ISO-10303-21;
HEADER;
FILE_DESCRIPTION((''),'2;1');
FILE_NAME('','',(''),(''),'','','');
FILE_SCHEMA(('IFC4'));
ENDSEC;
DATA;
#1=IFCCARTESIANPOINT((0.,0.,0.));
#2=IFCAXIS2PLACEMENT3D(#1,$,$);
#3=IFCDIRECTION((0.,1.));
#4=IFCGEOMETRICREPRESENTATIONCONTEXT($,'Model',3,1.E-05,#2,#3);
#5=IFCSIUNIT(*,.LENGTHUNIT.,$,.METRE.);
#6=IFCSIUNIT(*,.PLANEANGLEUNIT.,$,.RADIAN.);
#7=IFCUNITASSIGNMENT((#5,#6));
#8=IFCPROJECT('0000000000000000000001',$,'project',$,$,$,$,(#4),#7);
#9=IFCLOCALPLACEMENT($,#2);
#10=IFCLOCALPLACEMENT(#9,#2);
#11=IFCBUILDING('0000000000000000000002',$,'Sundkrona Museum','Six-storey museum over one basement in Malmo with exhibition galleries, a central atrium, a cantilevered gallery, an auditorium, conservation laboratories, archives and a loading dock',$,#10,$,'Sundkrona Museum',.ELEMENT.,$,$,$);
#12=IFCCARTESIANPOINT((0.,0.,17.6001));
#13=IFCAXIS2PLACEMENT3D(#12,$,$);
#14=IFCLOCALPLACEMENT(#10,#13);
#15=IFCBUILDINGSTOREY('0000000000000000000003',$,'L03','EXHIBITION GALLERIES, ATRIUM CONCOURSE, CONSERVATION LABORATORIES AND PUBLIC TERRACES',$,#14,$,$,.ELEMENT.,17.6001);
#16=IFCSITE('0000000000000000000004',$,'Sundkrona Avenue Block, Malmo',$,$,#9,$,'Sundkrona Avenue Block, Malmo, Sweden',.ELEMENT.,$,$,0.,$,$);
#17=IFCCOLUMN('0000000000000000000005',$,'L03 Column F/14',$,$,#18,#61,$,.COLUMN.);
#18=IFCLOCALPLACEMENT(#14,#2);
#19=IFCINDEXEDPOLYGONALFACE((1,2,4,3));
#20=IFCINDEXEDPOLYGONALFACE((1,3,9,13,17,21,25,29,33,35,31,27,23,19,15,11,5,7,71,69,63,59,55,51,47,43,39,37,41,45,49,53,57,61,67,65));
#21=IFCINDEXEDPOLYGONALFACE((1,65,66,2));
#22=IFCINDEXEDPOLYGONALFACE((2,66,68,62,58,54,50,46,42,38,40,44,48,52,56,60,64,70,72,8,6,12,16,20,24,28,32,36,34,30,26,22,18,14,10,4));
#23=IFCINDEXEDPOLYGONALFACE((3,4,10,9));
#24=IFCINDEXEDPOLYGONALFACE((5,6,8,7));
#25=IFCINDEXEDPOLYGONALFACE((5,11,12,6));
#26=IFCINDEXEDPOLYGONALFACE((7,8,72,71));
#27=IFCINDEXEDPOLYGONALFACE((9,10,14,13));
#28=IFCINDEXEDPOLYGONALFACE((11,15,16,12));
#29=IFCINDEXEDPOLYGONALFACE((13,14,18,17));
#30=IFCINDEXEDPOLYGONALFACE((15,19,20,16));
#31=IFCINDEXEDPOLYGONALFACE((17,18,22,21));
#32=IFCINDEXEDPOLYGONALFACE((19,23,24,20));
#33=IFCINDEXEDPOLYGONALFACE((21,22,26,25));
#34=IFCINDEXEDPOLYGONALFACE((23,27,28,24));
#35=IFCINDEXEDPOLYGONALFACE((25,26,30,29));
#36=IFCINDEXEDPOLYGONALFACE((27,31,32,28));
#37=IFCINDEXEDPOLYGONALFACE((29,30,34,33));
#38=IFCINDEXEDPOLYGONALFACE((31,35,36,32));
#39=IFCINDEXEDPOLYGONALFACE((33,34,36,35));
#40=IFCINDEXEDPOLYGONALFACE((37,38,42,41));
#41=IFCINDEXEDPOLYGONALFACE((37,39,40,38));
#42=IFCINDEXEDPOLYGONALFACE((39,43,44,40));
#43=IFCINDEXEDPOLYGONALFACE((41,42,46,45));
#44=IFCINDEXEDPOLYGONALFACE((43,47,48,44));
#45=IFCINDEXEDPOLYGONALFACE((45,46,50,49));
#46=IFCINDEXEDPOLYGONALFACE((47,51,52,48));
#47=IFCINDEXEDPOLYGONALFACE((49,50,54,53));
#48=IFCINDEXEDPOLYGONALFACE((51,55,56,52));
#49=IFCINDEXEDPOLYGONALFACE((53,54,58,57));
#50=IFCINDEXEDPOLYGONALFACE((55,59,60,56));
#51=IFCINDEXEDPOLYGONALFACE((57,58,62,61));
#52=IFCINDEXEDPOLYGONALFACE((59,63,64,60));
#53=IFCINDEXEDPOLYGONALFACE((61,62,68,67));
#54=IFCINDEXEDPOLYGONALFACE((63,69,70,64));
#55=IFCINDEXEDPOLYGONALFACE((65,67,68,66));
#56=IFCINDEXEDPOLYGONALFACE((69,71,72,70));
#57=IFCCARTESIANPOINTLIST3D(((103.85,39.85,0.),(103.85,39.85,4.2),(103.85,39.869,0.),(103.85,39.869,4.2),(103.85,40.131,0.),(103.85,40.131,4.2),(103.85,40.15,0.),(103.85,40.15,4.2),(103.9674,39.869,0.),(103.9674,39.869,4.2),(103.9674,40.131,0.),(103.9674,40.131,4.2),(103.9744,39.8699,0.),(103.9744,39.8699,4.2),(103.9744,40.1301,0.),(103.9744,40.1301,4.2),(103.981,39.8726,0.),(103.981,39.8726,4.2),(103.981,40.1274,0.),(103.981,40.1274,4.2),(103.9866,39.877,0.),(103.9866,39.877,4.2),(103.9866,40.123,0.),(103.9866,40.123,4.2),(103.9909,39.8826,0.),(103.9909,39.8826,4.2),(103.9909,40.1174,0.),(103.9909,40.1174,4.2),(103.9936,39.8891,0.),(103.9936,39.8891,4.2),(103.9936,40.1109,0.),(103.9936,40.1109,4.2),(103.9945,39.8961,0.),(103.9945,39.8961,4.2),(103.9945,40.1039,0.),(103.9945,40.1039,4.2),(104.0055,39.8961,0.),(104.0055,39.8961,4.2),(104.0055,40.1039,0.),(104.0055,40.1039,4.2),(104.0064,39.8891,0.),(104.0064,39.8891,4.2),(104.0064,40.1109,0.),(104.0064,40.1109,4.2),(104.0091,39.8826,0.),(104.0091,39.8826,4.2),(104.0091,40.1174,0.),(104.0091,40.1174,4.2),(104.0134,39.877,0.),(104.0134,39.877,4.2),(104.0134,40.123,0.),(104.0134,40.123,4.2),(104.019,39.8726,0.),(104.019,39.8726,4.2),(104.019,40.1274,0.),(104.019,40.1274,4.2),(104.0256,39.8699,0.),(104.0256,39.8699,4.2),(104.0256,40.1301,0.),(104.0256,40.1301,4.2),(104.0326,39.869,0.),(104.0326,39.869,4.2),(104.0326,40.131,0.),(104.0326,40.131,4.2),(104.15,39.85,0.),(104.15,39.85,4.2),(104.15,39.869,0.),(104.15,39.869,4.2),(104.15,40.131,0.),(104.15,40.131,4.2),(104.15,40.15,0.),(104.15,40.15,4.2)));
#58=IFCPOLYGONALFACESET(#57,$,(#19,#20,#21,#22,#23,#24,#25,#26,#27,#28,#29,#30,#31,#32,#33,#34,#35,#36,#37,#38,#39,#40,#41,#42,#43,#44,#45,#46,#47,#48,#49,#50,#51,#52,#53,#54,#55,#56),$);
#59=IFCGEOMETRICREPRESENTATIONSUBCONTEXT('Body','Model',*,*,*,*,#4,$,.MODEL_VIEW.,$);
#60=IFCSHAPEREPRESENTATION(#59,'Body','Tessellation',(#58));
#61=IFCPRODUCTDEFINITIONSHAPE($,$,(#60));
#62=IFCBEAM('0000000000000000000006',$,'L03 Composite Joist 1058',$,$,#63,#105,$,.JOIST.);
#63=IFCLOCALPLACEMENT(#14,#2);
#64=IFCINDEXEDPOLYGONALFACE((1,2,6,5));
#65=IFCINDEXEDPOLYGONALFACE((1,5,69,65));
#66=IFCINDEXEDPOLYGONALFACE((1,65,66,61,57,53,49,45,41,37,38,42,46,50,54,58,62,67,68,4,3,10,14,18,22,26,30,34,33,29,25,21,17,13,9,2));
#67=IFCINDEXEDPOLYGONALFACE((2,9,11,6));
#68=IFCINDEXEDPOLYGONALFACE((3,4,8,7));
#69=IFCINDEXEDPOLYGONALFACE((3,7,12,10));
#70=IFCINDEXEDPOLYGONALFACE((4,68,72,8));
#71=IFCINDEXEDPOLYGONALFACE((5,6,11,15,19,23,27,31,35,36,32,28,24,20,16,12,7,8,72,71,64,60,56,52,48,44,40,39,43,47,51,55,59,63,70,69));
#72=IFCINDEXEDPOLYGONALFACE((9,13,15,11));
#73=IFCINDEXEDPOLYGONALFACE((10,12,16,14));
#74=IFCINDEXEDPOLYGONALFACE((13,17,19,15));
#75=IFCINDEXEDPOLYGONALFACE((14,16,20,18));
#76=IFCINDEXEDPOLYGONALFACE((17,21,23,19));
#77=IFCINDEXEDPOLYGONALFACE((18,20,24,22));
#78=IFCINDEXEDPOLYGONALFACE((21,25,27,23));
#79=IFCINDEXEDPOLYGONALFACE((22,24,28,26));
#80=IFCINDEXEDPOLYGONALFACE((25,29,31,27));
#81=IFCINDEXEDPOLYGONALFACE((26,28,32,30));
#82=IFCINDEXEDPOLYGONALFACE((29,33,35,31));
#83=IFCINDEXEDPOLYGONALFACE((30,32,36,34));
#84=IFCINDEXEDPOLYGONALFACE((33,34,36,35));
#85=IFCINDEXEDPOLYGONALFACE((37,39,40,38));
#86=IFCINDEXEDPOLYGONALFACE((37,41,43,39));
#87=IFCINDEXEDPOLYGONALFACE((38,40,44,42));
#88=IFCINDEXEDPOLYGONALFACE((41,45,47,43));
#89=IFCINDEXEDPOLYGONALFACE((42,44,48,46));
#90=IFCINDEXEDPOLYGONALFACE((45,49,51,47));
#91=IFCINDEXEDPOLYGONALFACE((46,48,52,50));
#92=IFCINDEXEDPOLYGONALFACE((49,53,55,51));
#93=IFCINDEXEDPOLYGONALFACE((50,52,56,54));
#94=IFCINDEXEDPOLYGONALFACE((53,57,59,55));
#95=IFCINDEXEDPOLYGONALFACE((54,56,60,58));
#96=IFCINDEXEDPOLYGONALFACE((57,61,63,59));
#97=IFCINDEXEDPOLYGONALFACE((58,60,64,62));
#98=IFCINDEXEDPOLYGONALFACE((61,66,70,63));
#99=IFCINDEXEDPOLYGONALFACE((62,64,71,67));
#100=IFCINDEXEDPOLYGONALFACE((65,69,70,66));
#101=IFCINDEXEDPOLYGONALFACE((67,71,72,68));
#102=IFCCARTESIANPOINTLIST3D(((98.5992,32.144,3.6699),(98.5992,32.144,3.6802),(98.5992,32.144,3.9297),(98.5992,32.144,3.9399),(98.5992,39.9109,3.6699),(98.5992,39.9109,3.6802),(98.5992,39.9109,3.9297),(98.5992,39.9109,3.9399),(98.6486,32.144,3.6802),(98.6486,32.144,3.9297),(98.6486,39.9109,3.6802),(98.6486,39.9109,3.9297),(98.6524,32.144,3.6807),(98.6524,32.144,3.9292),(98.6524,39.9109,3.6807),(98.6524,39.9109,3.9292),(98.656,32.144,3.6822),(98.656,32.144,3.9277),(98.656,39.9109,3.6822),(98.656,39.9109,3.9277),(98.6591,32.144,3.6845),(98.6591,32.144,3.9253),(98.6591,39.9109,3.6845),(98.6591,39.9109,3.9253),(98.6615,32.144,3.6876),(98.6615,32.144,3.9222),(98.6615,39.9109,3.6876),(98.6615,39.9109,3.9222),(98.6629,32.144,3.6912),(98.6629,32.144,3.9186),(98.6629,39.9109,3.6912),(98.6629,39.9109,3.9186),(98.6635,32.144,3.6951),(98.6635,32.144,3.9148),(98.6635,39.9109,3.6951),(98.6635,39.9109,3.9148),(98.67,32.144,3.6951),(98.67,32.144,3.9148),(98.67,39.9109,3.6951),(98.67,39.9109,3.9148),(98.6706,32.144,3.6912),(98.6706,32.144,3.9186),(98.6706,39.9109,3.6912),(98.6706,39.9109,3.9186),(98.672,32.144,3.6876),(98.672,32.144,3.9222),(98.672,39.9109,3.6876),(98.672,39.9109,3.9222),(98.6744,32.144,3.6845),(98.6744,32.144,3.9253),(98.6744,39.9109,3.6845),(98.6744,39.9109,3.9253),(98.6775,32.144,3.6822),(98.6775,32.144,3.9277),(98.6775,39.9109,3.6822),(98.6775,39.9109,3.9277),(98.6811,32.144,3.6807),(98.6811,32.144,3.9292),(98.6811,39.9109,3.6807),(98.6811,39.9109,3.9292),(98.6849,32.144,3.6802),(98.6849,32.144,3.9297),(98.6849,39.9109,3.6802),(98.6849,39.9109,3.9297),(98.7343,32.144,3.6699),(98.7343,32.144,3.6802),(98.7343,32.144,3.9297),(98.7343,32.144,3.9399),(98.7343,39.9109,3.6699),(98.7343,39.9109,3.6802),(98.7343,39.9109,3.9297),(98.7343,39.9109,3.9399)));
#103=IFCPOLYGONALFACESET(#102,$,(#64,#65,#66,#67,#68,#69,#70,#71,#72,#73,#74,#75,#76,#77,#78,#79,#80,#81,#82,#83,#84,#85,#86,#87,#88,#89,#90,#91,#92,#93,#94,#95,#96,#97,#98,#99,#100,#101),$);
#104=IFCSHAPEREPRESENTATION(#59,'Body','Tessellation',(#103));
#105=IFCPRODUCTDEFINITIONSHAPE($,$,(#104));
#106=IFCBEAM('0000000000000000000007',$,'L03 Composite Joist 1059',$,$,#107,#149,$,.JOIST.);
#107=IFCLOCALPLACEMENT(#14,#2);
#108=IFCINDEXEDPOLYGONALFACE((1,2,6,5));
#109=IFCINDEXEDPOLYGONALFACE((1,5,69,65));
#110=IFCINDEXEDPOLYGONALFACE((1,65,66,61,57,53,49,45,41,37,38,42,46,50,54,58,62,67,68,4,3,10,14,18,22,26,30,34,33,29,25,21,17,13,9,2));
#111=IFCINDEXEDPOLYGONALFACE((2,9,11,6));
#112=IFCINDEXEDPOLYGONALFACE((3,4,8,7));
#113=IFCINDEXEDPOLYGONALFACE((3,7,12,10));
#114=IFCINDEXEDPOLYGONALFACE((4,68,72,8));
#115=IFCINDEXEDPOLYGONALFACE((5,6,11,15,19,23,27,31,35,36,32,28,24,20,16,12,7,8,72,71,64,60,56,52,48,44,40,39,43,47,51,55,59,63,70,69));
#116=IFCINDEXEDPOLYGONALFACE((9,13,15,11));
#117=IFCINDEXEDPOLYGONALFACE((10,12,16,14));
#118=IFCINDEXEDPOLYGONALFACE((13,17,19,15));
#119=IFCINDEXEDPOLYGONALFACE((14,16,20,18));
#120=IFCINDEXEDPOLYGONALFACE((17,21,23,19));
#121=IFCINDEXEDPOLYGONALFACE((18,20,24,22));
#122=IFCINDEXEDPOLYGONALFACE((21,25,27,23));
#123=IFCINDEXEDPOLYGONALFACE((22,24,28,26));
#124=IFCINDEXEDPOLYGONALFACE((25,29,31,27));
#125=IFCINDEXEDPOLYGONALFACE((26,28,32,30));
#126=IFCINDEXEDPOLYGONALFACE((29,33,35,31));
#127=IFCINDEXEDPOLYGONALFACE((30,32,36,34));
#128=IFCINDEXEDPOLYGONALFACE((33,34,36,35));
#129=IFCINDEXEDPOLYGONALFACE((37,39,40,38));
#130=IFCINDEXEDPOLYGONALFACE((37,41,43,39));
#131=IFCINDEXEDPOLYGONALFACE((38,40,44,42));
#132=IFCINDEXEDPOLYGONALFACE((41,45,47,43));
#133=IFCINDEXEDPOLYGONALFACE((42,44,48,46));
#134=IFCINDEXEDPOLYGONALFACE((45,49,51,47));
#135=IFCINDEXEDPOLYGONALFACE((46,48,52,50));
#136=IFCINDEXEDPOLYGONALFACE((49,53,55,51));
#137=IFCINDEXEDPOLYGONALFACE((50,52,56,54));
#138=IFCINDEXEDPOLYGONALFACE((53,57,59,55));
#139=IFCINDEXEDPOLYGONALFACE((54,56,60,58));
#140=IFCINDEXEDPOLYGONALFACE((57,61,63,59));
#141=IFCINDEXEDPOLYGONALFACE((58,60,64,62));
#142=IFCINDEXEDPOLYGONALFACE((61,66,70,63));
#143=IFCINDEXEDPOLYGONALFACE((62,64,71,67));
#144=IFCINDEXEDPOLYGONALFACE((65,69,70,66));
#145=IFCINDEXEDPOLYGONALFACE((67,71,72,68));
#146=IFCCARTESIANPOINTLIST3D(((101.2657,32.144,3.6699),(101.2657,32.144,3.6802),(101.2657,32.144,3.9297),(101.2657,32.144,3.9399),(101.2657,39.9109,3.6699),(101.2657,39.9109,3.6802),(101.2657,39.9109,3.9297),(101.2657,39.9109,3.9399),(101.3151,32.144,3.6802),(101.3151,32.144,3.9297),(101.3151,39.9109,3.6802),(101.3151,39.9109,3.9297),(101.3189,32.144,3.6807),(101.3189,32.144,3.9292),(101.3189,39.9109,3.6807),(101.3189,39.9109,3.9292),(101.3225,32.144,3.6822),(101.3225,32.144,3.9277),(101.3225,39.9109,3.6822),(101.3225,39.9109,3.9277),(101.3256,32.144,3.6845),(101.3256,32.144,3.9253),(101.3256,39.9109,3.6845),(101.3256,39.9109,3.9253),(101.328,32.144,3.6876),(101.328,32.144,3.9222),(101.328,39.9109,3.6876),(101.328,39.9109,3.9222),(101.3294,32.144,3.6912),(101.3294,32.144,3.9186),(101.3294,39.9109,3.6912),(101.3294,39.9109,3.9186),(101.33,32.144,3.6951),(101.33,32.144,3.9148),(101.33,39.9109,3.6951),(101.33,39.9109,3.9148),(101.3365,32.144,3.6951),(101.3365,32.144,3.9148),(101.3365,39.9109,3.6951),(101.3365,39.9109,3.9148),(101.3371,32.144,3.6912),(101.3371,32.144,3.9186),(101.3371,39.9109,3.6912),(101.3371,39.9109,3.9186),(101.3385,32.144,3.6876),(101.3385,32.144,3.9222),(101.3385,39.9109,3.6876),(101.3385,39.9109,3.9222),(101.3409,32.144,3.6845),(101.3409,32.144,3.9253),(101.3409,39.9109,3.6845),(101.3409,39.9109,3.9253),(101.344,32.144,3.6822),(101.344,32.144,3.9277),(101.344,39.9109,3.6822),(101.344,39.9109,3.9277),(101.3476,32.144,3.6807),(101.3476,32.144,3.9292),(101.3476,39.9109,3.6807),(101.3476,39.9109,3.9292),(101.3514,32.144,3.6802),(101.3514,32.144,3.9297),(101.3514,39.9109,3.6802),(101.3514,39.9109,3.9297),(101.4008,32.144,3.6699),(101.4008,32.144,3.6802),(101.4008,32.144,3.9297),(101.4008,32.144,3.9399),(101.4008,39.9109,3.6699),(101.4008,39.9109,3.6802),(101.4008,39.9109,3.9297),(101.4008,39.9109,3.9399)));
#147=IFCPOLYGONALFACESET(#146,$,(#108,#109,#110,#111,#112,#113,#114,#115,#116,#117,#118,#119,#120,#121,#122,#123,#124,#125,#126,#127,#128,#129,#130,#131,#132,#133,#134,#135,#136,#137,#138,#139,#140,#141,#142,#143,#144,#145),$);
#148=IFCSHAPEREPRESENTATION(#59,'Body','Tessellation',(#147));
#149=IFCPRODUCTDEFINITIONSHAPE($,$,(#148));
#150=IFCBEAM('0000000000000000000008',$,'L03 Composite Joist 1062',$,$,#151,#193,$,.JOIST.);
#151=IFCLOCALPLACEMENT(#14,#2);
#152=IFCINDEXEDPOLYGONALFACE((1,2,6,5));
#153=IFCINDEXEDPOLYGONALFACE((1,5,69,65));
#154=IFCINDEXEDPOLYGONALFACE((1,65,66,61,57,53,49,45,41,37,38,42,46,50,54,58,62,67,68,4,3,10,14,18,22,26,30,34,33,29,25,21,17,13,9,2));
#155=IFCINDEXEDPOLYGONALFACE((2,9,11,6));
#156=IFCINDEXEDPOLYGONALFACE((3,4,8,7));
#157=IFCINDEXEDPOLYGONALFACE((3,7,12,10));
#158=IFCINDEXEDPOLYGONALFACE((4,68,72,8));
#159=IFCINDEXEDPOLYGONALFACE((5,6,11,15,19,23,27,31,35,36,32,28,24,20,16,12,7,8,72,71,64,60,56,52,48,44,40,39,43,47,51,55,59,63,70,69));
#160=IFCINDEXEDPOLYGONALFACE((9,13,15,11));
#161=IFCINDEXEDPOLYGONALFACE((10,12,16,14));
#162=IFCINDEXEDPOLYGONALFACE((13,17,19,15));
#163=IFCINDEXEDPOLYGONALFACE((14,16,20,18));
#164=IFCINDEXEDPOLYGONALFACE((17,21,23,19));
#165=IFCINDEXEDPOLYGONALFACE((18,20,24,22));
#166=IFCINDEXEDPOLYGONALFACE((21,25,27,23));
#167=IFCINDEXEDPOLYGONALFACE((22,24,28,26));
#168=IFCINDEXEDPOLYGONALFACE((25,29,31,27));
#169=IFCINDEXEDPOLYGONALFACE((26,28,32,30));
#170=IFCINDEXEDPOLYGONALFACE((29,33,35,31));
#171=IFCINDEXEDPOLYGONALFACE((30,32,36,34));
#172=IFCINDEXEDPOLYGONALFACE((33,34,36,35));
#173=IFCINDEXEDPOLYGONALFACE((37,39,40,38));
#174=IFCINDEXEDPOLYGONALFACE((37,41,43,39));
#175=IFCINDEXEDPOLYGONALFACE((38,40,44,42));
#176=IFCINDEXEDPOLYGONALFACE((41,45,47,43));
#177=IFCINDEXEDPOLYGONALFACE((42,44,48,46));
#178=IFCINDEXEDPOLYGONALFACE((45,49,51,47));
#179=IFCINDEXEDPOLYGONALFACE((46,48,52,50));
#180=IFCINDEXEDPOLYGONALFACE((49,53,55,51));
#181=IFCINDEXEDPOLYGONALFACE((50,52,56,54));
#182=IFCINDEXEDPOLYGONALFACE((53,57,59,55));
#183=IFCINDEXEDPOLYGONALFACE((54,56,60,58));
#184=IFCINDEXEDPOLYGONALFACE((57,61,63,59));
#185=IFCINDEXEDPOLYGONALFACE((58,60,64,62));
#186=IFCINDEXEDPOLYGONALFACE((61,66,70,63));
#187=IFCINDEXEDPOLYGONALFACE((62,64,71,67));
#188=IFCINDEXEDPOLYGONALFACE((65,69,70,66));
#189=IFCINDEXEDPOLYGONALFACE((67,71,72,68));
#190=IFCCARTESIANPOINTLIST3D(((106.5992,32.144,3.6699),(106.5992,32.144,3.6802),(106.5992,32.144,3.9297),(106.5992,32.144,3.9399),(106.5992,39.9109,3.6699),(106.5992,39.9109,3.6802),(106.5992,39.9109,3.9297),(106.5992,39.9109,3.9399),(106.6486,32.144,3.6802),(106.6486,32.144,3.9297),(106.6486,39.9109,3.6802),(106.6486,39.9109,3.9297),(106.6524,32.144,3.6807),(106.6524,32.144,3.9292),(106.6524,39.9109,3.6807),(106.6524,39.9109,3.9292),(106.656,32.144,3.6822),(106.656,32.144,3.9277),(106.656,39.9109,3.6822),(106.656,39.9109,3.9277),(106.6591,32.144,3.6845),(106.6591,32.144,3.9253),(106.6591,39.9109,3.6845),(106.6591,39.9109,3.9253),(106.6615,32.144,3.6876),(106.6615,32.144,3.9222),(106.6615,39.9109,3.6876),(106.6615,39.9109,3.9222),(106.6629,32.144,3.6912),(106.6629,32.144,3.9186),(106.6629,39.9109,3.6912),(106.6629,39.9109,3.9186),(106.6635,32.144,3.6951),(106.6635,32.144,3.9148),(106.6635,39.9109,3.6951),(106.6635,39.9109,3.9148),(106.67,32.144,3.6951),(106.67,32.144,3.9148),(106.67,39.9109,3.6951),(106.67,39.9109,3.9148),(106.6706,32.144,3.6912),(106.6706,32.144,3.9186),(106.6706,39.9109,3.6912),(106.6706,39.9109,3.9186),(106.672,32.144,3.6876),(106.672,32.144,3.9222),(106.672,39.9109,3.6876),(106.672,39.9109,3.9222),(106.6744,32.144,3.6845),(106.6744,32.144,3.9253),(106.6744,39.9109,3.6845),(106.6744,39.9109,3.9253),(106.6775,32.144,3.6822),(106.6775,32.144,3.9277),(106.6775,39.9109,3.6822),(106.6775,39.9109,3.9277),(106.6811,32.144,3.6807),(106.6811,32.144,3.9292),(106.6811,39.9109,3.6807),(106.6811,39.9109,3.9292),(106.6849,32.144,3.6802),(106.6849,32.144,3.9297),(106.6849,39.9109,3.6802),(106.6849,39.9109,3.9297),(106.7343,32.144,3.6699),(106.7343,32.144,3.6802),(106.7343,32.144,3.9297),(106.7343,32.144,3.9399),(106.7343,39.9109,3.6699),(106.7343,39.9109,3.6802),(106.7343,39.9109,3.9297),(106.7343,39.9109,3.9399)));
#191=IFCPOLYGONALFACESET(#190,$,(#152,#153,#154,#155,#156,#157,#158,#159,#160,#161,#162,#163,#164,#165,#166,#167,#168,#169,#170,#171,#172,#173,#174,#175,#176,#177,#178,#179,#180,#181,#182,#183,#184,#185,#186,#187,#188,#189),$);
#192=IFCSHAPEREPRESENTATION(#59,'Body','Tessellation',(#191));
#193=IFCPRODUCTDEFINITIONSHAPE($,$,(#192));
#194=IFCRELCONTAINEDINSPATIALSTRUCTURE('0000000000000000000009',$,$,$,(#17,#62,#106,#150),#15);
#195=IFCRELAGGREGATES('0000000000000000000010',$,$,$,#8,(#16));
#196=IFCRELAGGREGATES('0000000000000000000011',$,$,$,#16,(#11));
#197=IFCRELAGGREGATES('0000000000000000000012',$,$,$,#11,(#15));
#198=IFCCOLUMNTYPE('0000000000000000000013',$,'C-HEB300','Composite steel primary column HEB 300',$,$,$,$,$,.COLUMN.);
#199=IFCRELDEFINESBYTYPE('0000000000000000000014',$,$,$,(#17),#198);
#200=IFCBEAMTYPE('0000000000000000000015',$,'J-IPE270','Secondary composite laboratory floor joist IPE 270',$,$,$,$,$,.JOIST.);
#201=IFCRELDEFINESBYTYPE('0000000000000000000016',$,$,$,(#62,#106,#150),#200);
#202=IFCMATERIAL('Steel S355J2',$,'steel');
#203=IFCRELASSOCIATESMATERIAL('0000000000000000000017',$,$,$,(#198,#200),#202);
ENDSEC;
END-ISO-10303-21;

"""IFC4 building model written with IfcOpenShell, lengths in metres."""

from ifc_helpers import new_model, si_unit, direction, frame, origin, origin_2d, place, context, subcontext, project, spatial, i_section, extrude, material, material_profile, profile_set, type_object, element, save


model = new_model("IFC4")

# Units and contexts
model_context = context("Model", 3, precision=1e-05, world=origin(), true_north=direction((0.0, 1.0)))
body_context = subcontext(model_context, "Body", "Model", "MODEL_VIEW")
ifc_project = project(units=[si_unit("LENGTHUNIT", "METRE"), si_unit("PLANEANGLEUNIT", "RADIAN")], contexts=[model_context])

# Site, building, storey
site_placement = place(None, origin())
site = spatial("IfcSite", under=ifc_project, at=site_placement, Name="Sundkrona Avenue Block, Malmo", LongName="Sundkrona Avenue Block, Malmo, Sweden", CompositionType="ELEMENT", RefElevation=0.0)
building_placement = place(site_placement, origin())
building = spatial("IfcBuilding", under=site, at=building_placement, Name="Sundkrona Museum", Description="Six-storey museum over one basement in Malmo with exhibition galleries, a central atrium, a cantilevered gallery, an auditorium, conservation laboratories, archives and a loading dock", LongName="Sundkrona Museum", CompositionType="ELEMENT")
storey_placement = place(building_placement, frame((0.0, 0.0, 17.6001)))
storey = spatial("IfcBuildingStorey", under=building, at=storey_placement, Name="L03", Description="EXHIBITION GALLERIES, ATRIUM CONCOURSE, CONSERVATION LABORATORIES AND PUBLIC TERRACES", CompositionType="ELEMENT", Elevation=17.6001)

# Column
ifc_material_1 = material(Name="Steel S355J2", Category="steel")
ifc_material_profile_1 = material_profile(ifc_material_1, i_section(OverallWidth=0.3, OverallDepth=0.3, WebThickness=0.011, FlangeThickness=0.019, FilletRadius=0.0271, at=origin_2d()), Name="HEB 300")
ifc_profile_set_1 = profile_set([ifc_material_profile_1], Name="Steel S355J2")
column_type = type_object("IfcColumnType", Name="C-HEB300", Description="Composite steel primary column HEB 300", PredefinedType="COLUMN", material=ifc_profile_set_1)
column_placement = place(storey_placement, frame((104.0, 40.0, 0.0), z_axis=(0.0, 0.0, 1.0), x_axis=(1.0, 0.0, 0.0)))
element("IfcColumn", 1, at=column_placement, inside=storey, type_object=column_type, Name="L03 Column F/14", PredefinedType="COLUMN", context=body_context, shape_type="SweptSolid", body=[
    extrude(i_section(OverallWidth=0.3, OverallDepth=0.3, WebThickness=0.011, FlangeThickness=0.019, FilletRadius=0.0271, at=origin_2d()), origin(), (0.0, 0.0, 1.0), 4.2),
])

# Beams
ifc_material_profile_2 = material_profile(ifc_material_1, i_section(OverallWidth=0.135, OverallDepth=0.27, WebThickness=0.0066, FlangeThickness=0.0103, FilletRadius=0.0149, at=origin_2d()), Name="IPE 270")
ifc_profile_set_2 = profile_set([ifc_material_profile_2], Name="Steel S355J2")
beam_type_1 = type_object("IfcBeamType", Name="J-IPE270", Description="Secondary composite laboratory floor joist IPE 270", PredefinedType="JOIST", material=ifc_profile_set_2)
for number, where, z_axis, x_axis, name in (
    (2, (98.6667, 32.144, 3.8049), (0.0, 1.0, 0.0), (-1.0, 0.0, 0.0), "L03 Composite Joist 1058"),
    (3, (101.3333, 32.144, 3.8049), (0.0, 1.0, 0.0), (-1.0, 0.0, 0.0), "L03 Composite Joist 1059"),
    (4, (106.6667, 32.144, 3.8049), (0.0, 1.0, 0.0), (-1.0, 0.0, 0.0), "L03 Composite Joist 1062"),
):
    element("IfcBeam", number, at=place(storey_placement, frame(where, z_axis=z_axis, x_axis=x_axis)), inside=storey, type_object=beam_type_1, Name=name, PredefinedType="JOIST", context=body_context, shape_type="SweptSolid", body=[
        extrude(i_section(OverallWidth=0.135, OverallDepth=0.27, WebThickness=0.0066, FlangeThickness=0.0103, FilletRadius=0.0149, at=origin_2d()), origin(), (0.0, 0.0, 1.0), 7.7668),
    ])

save(model, "model.ifc")
